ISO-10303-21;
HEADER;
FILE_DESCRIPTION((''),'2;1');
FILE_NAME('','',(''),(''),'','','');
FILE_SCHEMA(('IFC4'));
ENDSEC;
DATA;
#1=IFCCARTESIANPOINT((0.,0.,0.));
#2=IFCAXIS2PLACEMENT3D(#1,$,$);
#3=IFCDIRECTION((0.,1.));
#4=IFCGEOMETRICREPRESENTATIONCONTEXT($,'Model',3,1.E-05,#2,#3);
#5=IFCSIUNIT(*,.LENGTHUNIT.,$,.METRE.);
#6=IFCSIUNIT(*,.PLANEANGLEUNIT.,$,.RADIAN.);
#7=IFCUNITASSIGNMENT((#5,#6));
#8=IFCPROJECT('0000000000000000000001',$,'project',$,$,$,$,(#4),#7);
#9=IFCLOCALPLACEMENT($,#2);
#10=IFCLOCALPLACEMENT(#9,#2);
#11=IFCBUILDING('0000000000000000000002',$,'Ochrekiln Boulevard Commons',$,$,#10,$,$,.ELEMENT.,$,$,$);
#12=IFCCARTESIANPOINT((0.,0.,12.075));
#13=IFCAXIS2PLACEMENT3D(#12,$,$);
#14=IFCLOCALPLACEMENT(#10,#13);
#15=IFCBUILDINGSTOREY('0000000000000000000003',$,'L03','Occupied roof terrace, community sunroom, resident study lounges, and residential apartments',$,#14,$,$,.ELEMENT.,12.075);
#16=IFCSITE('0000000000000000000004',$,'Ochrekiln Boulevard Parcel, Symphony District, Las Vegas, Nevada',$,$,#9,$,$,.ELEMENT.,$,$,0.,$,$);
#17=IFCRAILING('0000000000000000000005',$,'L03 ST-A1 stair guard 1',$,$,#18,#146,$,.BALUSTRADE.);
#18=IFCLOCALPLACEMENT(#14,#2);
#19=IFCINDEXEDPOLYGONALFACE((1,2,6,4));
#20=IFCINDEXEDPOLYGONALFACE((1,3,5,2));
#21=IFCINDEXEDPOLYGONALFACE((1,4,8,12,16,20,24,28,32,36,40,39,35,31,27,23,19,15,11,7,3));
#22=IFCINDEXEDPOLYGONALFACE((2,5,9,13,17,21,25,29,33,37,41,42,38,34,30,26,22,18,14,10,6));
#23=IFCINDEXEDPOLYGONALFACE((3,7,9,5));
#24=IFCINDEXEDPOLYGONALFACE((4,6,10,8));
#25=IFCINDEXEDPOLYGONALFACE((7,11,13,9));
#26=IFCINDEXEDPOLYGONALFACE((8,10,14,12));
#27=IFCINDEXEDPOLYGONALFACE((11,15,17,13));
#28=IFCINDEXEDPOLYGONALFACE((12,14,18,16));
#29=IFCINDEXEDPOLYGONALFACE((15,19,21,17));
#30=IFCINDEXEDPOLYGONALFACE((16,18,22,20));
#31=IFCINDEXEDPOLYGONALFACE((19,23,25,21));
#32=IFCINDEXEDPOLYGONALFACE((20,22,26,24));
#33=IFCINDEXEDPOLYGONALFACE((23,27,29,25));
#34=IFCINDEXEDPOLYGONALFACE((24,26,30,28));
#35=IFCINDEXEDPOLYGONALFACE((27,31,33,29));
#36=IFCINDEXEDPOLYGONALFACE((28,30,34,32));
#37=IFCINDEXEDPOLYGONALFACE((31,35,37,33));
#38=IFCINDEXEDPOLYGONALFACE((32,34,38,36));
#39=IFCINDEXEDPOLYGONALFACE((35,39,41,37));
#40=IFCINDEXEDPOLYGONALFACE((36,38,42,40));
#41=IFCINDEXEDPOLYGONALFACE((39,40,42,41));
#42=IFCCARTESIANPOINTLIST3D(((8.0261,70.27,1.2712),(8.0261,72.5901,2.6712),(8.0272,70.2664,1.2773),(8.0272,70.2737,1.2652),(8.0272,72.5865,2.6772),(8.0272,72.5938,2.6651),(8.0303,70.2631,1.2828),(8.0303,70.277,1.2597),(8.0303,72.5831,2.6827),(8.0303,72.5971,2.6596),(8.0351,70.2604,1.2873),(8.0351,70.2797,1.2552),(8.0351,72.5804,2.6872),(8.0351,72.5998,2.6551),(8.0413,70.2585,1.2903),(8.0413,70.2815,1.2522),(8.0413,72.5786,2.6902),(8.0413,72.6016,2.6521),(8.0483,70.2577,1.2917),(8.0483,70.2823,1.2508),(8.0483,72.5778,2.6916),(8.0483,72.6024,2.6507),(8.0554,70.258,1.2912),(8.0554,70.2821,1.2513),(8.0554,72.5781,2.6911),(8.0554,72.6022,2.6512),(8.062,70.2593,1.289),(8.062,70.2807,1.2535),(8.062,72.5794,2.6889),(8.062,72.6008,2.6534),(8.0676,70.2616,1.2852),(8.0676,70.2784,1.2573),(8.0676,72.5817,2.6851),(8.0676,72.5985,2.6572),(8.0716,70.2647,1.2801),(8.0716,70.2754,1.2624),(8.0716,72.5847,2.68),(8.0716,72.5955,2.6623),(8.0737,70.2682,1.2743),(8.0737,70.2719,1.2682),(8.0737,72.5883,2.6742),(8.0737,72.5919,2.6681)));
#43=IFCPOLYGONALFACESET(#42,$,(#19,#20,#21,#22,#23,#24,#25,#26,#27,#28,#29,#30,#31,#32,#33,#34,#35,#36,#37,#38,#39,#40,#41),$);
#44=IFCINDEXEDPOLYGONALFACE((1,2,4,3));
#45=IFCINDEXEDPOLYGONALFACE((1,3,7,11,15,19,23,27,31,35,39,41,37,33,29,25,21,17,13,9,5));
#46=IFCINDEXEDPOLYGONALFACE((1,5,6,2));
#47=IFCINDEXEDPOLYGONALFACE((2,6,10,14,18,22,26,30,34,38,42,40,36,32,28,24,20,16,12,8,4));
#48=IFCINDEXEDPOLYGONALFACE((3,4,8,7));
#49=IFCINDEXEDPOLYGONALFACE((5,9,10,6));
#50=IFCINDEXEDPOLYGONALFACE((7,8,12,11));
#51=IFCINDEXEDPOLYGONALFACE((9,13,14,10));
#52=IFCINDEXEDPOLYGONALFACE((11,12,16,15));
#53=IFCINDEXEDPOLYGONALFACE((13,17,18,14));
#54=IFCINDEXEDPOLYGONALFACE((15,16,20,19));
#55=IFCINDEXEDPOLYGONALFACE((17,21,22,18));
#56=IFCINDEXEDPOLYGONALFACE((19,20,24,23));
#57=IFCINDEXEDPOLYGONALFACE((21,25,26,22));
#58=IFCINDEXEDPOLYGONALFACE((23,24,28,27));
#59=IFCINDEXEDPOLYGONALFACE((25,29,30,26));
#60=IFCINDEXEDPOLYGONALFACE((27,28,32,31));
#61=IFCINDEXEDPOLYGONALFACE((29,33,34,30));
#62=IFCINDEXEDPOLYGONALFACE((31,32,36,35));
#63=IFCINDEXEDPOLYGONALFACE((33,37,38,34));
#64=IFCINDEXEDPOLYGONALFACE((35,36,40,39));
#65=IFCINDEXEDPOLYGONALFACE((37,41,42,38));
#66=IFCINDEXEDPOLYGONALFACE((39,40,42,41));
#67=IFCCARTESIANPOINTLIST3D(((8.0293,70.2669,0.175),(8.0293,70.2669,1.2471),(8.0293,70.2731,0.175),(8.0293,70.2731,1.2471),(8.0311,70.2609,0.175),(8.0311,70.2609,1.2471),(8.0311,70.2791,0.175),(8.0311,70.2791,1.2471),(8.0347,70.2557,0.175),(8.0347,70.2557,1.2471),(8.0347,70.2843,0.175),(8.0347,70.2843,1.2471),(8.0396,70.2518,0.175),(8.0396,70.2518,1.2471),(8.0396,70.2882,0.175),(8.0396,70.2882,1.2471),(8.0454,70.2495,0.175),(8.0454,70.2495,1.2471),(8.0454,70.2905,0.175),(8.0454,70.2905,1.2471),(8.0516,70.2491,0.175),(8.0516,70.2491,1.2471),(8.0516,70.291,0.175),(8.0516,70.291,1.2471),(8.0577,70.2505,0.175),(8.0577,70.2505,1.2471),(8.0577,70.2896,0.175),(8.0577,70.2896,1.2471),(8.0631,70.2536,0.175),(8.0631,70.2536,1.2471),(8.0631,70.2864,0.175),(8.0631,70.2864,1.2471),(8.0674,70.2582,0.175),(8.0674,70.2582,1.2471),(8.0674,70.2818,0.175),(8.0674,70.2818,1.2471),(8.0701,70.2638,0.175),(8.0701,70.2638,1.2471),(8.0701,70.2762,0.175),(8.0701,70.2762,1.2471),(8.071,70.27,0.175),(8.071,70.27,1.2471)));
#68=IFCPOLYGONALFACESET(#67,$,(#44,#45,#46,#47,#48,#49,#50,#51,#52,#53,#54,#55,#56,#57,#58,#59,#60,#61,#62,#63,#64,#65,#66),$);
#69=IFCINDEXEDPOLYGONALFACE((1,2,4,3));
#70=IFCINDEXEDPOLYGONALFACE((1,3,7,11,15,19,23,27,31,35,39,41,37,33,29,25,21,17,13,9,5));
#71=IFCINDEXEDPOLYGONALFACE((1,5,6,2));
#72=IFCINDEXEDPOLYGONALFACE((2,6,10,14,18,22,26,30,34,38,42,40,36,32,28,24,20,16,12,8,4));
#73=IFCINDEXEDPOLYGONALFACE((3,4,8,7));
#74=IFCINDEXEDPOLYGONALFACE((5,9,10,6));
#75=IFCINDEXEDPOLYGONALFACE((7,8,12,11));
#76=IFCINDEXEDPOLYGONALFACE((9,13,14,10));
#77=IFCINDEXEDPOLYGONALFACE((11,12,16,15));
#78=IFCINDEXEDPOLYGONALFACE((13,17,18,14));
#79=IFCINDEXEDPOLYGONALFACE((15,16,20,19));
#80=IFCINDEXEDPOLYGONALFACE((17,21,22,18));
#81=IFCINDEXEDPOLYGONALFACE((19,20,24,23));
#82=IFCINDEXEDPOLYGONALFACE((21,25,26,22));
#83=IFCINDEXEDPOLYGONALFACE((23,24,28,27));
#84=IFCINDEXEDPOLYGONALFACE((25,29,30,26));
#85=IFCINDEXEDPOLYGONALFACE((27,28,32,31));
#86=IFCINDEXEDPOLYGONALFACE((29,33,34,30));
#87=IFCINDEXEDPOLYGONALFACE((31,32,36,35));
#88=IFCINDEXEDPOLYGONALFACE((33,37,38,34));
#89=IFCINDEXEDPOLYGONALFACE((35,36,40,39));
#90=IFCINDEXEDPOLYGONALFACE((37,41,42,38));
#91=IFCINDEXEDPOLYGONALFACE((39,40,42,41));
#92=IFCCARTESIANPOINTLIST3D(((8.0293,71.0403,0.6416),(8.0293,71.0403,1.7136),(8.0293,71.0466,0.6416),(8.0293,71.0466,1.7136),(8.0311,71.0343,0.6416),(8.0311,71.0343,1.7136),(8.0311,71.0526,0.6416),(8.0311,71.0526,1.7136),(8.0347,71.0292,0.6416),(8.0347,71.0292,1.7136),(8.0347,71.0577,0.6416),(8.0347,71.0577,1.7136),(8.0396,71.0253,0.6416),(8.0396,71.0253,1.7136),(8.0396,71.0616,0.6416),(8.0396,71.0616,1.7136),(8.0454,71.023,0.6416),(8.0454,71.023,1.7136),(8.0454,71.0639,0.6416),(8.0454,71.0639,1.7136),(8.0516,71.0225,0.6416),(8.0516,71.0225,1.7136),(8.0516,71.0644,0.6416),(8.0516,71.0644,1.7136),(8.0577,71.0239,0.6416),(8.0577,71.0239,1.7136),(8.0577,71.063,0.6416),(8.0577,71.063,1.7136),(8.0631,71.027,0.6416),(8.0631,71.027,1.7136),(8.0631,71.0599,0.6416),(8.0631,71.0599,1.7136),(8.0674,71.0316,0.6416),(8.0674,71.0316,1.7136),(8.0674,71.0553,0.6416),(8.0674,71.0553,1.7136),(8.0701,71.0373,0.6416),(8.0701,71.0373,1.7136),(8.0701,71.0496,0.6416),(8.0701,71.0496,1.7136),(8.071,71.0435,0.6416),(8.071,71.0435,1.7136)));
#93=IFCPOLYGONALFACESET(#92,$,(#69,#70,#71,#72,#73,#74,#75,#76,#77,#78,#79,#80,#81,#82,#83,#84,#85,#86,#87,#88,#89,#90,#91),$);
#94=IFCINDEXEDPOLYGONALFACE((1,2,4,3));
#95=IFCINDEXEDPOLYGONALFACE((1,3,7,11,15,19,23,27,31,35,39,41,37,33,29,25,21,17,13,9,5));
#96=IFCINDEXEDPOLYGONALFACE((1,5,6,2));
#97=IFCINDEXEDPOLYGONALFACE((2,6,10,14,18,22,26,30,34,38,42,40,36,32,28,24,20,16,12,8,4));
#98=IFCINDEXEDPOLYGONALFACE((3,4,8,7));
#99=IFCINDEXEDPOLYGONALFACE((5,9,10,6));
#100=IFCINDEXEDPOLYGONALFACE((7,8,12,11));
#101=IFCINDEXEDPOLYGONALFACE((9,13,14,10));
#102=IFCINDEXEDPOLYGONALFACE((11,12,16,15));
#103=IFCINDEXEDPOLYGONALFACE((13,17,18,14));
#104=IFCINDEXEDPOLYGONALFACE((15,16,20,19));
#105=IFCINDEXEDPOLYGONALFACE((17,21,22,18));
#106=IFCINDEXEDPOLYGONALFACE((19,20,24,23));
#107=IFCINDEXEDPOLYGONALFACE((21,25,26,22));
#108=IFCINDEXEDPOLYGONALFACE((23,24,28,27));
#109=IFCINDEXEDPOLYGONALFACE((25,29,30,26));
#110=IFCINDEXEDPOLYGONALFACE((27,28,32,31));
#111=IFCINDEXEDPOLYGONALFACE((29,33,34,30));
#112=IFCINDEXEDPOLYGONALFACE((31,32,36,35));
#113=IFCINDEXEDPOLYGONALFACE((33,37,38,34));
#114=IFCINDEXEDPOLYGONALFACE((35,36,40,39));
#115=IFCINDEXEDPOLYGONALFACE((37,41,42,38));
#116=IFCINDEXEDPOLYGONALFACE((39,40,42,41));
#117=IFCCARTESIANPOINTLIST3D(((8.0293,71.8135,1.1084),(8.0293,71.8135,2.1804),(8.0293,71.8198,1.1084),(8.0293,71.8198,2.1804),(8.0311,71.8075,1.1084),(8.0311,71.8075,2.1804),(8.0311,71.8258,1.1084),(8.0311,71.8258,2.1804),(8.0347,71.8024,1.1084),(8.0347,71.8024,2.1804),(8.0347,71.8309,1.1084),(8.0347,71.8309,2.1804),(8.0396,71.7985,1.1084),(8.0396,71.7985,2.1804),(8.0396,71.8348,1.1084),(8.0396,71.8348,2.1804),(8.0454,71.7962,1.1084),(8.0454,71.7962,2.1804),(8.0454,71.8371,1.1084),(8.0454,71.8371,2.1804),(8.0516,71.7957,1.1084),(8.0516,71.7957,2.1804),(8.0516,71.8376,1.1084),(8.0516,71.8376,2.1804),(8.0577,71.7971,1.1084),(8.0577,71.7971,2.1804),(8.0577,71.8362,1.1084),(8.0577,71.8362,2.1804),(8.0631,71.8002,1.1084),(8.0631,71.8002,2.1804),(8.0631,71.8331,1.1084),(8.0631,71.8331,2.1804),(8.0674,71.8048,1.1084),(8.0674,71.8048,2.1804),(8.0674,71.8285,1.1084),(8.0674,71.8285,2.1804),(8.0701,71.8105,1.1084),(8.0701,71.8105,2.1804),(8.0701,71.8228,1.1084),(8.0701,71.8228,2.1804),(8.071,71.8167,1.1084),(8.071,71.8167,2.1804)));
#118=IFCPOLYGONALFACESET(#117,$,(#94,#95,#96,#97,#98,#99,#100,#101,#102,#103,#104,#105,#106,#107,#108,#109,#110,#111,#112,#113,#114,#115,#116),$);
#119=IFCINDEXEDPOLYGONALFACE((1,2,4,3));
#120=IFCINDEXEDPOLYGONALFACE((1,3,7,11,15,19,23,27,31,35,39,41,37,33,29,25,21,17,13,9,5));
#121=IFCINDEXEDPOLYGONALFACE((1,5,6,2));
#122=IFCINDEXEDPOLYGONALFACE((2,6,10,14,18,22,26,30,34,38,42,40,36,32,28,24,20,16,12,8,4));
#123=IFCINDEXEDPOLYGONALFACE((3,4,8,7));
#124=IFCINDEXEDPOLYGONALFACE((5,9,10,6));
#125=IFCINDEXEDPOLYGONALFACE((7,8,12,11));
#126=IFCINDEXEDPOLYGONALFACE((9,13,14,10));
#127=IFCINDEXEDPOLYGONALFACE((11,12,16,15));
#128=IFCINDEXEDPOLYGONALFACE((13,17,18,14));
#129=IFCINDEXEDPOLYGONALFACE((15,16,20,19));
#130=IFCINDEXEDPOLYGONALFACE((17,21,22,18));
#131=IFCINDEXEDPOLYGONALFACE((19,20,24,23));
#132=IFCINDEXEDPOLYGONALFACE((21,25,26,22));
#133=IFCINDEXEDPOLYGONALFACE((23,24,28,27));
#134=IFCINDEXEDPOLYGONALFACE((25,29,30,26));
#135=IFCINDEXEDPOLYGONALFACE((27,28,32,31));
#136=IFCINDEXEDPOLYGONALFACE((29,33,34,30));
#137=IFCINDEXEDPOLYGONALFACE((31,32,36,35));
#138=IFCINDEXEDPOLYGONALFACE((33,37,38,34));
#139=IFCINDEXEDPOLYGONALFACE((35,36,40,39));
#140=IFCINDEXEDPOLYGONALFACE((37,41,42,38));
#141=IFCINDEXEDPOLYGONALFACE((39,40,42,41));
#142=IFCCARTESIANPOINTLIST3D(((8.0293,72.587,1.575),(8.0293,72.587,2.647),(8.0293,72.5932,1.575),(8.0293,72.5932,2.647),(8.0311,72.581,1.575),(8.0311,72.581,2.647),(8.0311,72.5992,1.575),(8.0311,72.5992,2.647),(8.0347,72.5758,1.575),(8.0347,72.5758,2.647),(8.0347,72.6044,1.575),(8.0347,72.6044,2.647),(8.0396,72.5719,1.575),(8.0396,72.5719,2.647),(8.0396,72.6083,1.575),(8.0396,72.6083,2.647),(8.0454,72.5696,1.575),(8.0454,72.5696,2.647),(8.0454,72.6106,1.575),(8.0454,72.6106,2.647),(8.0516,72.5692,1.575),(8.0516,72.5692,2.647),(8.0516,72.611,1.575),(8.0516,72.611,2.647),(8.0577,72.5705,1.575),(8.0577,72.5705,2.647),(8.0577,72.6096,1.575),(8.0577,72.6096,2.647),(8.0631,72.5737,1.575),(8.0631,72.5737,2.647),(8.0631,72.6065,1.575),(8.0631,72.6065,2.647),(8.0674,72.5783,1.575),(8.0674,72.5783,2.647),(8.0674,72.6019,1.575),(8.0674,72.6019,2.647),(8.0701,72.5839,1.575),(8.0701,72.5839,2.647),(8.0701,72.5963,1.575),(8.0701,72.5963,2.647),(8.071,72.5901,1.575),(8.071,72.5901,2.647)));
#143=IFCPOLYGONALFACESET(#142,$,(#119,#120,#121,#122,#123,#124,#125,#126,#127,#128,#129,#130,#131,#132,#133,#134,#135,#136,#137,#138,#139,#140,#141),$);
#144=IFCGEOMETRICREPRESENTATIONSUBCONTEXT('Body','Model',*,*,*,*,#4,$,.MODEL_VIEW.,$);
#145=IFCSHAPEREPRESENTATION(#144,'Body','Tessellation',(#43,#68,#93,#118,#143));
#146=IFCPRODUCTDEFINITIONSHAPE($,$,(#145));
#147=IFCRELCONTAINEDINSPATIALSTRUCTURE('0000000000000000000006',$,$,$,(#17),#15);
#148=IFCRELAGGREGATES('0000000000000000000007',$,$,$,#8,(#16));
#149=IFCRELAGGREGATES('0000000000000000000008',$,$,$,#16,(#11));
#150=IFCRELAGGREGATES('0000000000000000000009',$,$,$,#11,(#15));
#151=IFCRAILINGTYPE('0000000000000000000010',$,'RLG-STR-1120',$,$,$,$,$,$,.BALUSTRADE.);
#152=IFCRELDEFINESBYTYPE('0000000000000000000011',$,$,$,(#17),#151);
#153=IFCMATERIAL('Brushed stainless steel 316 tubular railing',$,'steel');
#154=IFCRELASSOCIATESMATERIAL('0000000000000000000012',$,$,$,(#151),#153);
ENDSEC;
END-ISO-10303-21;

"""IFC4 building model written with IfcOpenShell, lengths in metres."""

from ifc_helpers import new_model, si_unit, direction, frame, origin, origin_2d, place, context, subcontext, project, spatial, circle, extrude, material, type_object, element, save


model = new_model("IFC4")

# Units and contexts
model_context = context("Model", 3, precision=1e-05, world=origin(), true_north=direction((0.0, 1.0)))
body_context = subcontext(model_context, "Body", "Model", "MODEL_VIEW")
ifc_project = project(units=[si_unit("LENGTHUNIT", "METRE"), si_unit("PLANEANGLEUNIT", "RADIAN")], contexts=[model_context])

# Site, building, storey
site_placement = place(None, origin())
site = spatial("IfcSite", under=ifc_project, at=site_placement, Name="Ochrekiln Boulevard Parcel, Symphony District, Las Vegas, Nevada", CompositionType="ELEMENT", RefElevation=0.0)
building_placement = place(site_placement, origin())
building = spatial("IfcBuilding", under=site, at=building_placement, Name="Ochrekiln Boulevard Commons", CompositionType="ELEMENT")
storey_placement = place(building_placement, frame((0.0, 0.0, 12.075)))
storey = spatial("IfcBuildingStorey", under=building, at=storey_placement, Name="L03", Description="Occupied roof terrace, community sunroom, resident study lounges, and residential apartments", CompositionType="ELEMENT", Elevation=12.075)

# Railing
ifc_material_1 = material(Name="Brushed stainless steel 316 tubular railing", Category="steel")
railing_type_1 = type_object("IfcRailingType", Name="RLG-STR-1120", PredefinedType="BALUSTRADE", material=ifc_material_1)
railing_1_placement = place(storey_placement, frame((8.05, 70.27, 0.175)))
element("IfcRailing", 1, at=railing_1_placement, inside=storey, type_object=railing_type_1, Name="L03 ST-A1 stair guard 1", PredefinedType="BALUSTRADE", context=body_context, shape_type="SweptSolid", body=[
    extrude(circle(Radius=0.0239, at=origin_2d()), frame((0.0, 0.0, 1.0962), z_axis=(0.0, 0.85621, 0.516627), x_axis=(-1.0, 0.0, 0.0)), (0.0, 0.0, 1.0), 2.7097),
    extrude(circle(Radius=0.021, at=origin_2d()), origin(), (0.0, 0.0, 1.0), 1.072),
    extrude(circle(Radius=0.021, at=origin_2d()), frame((0.0, 0.7734, 0.4666)), (0.0, 0.0, 1.0), 1.072),
    extrude(circle(Radius=0.021, at=origin_2d()), frame((0.0, 1.5466, 0.9333)), (0.0, 0.0, 1.0), 1.072),
    extrude(circle(Radius=0.021, at=origin_2d()), frame((0.0, 2.3201, 1.3999)), (0.0, 0.0, 1.0), 1.072),
])

save(model, "model.ifc")
